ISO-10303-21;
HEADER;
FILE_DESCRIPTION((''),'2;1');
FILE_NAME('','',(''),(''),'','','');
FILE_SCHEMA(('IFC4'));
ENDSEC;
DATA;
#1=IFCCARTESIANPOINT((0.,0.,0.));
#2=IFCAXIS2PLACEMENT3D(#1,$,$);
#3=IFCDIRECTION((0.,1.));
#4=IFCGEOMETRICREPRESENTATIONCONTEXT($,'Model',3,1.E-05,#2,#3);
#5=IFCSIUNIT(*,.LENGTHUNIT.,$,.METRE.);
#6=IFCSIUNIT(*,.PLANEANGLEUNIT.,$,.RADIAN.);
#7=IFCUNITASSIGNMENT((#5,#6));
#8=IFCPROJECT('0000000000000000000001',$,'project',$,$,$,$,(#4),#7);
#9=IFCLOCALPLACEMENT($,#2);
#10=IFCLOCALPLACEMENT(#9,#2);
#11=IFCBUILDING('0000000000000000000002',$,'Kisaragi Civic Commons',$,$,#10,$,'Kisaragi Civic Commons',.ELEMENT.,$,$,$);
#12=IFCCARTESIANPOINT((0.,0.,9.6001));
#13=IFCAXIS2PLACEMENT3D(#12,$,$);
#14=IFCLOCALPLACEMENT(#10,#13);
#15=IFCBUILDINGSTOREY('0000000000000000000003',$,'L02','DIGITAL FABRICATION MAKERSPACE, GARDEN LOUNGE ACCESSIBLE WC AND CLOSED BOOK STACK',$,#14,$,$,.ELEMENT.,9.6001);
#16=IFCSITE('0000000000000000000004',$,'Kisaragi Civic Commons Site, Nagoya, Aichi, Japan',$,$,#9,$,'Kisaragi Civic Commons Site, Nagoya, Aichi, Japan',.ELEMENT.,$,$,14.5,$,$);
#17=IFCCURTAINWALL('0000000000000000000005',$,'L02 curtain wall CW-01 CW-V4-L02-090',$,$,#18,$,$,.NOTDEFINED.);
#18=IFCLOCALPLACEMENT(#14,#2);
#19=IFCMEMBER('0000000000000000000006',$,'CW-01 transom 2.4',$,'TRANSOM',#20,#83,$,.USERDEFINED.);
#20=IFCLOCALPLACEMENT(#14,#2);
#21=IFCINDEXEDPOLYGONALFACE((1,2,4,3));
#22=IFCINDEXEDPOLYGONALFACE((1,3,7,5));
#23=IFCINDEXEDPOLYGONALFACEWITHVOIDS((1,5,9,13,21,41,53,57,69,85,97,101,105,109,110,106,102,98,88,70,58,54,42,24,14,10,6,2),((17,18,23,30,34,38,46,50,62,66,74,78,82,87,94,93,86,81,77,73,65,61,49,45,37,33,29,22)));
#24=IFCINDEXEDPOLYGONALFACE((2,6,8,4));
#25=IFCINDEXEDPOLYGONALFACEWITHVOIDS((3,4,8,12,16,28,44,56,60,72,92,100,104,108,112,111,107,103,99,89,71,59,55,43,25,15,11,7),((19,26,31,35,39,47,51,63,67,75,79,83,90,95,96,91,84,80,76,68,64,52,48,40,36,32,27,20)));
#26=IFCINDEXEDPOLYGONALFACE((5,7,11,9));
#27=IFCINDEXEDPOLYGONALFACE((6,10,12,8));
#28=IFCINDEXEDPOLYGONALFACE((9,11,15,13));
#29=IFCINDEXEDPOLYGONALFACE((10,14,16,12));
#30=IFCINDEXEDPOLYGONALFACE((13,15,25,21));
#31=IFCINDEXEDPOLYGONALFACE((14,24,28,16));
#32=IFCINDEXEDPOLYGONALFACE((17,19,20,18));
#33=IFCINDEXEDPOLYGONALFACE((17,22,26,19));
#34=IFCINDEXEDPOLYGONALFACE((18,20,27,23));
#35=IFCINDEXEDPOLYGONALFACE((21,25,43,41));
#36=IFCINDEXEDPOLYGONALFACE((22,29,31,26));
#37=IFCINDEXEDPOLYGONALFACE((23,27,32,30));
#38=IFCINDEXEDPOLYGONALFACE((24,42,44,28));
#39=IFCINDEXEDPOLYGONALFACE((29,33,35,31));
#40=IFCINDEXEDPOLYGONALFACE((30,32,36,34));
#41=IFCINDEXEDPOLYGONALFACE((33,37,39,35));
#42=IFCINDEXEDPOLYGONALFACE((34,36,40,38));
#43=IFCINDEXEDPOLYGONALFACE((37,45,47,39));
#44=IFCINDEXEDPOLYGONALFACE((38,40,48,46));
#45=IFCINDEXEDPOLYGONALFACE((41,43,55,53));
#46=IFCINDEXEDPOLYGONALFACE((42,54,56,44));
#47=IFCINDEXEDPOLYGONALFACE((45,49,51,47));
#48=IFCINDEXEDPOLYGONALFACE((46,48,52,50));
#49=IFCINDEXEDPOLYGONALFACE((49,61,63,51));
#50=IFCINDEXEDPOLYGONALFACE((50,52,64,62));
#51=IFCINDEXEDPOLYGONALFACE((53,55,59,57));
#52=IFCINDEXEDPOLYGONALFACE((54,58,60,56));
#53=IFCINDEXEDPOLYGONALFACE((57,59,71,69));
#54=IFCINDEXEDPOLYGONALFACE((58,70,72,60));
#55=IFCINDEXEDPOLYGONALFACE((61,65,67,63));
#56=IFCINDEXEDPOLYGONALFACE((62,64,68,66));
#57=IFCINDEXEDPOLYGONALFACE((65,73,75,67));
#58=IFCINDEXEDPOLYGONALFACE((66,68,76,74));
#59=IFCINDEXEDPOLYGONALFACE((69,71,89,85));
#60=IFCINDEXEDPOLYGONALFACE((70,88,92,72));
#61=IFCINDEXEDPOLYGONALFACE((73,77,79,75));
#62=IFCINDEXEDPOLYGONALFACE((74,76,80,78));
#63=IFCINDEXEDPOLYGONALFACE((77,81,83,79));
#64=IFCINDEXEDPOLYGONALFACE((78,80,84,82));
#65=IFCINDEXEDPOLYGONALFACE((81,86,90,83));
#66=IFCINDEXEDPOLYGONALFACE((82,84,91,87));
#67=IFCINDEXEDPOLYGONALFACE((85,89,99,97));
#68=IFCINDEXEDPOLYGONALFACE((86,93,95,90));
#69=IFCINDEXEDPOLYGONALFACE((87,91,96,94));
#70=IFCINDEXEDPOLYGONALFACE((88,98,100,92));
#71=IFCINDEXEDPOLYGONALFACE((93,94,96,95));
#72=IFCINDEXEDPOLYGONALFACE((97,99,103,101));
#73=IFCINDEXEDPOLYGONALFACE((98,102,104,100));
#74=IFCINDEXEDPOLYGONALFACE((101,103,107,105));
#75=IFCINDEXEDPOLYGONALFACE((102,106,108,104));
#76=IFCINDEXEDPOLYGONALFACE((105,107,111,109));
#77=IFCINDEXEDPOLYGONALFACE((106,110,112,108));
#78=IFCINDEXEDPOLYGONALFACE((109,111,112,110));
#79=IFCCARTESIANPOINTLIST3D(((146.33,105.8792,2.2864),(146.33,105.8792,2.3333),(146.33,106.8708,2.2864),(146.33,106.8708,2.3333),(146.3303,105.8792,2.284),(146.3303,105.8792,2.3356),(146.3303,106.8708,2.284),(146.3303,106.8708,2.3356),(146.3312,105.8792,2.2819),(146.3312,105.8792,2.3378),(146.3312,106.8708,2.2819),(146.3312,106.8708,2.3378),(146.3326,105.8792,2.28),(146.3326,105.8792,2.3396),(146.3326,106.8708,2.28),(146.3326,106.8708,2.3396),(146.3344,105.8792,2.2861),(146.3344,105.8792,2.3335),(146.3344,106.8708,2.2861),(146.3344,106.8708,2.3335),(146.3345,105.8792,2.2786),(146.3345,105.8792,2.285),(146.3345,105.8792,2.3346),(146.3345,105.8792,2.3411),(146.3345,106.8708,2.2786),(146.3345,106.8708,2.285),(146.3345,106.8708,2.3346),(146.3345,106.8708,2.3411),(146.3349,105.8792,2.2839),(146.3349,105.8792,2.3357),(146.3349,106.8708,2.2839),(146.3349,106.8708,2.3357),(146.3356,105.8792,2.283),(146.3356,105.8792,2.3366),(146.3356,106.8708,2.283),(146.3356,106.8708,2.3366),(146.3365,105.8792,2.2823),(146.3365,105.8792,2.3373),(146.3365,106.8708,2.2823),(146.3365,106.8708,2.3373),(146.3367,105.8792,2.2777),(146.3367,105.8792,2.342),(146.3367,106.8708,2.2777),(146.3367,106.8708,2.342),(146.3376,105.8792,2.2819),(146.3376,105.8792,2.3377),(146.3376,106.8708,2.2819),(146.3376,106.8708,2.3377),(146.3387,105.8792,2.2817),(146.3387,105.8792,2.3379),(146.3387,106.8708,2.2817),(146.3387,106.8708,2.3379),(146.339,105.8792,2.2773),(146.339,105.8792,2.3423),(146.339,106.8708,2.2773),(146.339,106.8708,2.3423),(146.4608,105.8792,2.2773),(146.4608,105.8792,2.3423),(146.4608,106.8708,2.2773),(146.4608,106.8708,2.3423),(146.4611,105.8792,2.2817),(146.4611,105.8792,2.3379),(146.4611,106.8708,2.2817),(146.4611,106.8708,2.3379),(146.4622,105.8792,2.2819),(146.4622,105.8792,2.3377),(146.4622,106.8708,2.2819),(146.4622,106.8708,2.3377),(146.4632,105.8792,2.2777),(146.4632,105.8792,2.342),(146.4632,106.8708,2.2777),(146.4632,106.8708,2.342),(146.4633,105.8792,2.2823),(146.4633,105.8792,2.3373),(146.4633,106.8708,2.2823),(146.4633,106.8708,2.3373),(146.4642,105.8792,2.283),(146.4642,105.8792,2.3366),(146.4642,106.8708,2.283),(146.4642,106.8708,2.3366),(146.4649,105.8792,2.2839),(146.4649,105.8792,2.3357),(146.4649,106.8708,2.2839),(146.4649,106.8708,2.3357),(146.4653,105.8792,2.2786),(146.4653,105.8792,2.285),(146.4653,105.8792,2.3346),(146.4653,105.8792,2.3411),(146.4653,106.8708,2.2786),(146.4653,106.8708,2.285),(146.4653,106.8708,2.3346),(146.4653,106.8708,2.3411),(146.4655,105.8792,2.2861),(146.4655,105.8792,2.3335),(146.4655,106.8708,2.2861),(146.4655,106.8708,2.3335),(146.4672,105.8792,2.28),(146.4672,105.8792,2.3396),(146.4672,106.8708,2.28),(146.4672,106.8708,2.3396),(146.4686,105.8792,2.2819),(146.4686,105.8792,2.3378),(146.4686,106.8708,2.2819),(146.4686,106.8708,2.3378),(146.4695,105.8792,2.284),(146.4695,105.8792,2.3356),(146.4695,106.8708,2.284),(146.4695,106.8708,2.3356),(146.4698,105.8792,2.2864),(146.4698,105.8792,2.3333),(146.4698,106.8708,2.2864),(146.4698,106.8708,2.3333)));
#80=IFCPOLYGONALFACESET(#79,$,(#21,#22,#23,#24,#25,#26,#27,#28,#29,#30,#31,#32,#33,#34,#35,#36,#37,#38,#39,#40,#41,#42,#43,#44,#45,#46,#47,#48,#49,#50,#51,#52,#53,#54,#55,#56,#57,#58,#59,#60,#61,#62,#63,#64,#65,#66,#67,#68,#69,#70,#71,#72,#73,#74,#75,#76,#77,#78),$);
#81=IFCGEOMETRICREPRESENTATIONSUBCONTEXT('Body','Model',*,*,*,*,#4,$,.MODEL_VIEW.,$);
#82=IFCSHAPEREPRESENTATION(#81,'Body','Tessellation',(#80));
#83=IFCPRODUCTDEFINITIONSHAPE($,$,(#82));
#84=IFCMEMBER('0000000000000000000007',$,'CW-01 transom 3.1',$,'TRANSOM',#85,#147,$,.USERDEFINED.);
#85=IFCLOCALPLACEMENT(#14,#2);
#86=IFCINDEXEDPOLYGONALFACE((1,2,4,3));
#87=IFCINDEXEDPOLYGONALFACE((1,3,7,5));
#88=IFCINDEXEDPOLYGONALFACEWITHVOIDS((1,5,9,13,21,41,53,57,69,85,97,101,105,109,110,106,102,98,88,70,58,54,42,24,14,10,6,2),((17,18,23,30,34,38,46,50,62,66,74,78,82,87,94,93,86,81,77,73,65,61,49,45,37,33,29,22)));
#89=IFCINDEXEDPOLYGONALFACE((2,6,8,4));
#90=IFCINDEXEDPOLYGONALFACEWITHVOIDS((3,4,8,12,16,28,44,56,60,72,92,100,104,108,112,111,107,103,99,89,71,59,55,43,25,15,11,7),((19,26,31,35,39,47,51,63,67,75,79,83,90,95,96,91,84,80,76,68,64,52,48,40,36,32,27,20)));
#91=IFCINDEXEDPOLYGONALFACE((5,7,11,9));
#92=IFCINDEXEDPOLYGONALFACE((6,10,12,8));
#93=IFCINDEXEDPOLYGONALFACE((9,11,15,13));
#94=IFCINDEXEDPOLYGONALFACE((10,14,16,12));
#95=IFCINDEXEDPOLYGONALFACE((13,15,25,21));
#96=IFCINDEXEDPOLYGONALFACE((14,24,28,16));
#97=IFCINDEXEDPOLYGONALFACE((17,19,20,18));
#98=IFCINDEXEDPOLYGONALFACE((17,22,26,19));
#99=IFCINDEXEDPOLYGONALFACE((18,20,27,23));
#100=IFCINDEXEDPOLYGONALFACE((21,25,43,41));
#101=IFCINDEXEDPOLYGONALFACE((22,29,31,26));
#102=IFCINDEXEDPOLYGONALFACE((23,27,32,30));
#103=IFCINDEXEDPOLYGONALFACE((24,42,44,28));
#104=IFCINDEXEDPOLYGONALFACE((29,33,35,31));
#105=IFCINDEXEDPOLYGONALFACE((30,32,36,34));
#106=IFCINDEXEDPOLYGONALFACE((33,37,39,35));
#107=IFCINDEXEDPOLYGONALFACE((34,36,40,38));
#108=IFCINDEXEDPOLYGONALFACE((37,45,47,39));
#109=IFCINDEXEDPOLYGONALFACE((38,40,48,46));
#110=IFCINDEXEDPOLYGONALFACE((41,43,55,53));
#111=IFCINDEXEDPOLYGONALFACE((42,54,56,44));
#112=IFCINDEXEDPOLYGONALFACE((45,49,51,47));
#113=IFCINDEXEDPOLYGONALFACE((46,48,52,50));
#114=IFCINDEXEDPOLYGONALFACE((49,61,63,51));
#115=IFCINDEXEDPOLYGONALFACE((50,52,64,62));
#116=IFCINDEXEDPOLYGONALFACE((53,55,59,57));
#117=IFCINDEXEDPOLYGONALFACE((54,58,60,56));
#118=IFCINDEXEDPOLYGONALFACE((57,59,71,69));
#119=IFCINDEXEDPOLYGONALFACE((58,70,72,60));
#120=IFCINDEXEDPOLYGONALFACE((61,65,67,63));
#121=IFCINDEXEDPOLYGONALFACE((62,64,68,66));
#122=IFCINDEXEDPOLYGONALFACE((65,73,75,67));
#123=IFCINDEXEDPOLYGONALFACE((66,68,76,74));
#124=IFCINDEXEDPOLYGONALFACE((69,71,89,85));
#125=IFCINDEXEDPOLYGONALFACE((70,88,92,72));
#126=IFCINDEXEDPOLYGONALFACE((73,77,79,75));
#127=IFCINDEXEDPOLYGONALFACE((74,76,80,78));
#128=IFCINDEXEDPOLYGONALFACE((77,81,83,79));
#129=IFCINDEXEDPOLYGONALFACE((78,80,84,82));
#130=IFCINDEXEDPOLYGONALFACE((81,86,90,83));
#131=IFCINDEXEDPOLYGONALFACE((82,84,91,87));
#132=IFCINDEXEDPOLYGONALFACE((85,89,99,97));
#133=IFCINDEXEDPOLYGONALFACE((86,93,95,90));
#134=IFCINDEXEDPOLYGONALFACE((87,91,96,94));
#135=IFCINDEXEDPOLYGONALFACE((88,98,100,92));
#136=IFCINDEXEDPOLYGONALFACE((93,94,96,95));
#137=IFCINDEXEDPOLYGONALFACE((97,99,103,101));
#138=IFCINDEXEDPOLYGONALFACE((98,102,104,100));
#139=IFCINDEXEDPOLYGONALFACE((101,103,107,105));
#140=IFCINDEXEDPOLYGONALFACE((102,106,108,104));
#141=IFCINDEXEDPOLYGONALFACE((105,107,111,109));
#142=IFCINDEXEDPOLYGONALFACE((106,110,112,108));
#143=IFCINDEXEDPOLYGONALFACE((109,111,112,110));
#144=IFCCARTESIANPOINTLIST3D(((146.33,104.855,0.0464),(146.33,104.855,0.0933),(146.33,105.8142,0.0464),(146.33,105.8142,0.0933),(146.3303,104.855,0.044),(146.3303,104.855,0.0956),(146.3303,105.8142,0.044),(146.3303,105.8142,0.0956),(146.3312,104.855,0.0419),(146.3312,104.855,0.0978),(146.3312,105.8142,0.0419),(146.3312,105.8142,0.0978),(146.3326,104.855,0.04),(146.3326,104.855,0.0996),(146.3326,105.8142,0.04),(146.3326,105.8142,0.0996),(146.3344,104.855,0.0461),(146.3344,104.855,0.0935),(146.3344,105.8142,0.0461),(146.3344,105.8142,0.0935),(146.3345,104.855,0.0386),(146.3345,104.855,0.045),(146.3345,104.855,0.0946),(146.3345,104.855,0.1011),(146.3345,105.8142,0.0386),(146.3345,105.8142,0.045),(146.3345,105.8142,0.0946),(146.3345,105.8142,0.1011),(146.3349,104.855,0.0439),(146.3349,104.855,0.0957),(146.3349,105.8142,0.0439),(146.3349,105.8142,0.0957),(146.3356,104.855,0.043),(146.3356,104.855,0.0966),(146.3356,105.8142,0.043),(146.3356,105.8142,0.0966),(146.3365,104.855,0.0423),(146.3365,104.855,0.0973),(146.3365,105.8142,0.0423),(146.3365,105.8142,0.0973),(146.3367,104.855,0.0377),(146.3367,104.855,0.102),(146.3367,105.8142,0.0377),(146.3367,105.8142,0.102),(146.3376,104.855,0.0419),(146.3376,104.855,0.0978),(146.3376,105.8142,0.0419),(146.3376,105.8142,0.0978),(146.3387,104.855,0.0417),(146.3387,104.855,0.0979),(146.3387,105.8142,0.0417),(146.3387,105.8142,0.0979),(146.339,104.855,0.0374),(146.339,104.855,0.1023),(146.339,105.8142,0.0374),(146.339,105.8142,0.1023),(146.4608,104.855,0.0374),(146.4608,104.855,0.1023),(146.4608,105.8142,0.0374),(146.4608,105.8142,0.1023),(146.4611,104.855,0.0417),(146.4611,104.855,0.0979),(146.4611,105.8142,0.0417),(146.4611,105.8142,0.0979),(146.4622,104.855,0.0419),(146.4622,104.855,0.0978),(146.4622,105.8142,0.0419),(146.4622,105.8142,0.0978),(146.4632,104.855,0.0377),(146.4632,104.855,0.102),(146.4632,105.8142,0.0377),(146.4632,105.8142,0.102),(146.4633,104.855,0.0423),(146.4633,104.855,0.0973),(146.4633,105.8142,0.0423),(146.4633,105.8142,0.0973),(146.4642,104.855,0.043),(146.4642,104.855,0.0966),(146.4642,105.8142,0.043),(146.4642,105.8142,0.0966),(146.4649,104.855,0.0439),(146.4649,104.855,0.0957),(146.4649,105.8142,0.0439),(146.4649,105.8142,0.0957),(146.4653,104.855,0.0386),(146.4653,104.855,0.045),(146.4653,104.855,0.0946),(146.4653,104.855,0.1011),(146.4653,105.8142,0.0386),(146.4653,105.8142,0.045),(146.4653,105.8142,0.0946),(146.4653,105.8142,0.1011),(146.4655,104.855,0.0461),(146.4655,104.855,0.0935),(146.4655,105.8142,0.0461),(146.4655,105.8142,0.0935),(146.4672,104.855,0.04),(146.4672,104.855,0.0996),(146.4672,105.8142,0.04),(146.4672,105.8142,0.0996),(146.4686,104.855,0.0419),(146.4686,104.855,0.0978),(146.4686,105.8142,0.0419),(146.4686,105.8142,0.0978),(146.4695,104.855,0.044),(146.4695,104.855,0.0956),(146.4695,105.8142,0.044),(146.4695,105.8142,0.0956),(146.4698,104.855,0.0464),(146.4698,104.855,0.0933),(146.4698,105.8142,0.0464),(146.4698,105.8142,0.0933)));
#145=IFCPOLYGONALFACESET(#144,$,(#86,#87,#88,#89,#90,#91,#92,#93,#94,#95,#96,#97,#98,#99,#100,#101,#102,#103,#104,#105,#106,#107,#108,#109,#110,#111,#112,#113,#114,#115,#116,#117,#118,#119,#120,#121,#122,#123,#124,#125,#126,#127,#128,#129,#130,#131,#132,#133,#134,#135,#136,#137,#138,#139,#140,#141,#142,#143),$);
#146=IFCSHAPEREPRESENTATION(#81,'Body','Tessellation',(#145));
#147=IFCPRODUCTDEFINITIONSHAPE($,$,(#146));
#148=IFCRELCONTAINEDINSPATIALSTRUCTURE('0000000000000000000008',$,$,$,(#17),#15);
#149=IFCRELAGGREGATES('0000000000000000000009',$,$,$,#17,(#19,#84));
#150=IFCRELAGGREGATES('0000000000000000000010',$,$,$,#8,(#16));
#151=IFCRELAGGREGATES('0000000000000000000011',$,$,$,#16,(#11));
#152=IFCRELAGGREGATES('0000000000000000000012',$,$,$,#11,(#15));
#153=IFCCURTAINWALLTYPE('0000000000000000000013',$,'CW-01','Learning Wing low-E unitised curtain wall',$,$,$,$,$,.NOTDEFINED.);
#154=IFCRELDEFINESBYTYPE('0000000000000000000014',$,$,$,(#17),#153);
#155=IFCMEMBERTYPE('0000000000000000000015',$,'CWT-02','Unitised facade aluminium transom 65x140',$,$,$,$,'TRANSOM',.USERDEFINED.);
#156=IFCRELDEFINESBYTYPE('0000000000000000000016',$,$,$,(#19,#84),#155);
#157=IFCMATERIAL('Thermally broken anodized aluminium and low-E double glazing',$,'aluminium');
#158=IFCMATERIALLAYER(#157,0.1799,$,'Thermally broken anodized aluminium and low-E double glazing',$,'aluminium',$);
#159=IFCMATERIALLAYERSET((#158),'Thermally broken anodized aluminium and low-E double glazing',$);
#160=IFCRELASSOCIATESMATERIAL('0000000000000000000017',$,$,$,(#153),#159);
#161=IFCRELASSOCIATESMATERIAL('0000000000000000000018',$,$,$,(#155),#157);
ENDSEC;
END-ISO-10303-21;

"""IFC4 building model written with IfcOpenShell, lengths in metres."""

from ifc_helpers import new_model, si_unit, direction, frame, origin, origin_2d, place, context, subcontext, project, spatial, hollow_rectangle, extrude, material, layer, layer_set, material_profile, profile_set, type_object, element, aggregate, save


model = new_model("IFC4")

# Units and contexts
model_context = context("Model", 3, precision=1e-05, world=origin(), true_north=direction((0.0, 1.0)))
body_context = subcontext(model_context, "Body", "Model", "MODEL_VIEW")
ifc_project = project(units=[si_unit("LENGTHUNIT", "METRE"), si_unit("PLANEANGLEUNIT", "RADIAN")], contexts=[model_context])

# Site, building, storey
site_placement = place(None, origin())
site = spatial("IfcSite", under=ifc_project, at=site_placement, Name="Kisaragi Civic Commons Site, Nagoya, Aichi, Japan", LongName="Kisaragi Civic Commons Site, Nagoya, Aichi, Japan", CompositionType="ELEMENT", RefElevation=14.5)
building_placement = place(site_placement, origin())
building = spatial("IfcBuilding", under=site, at=building_placement, Name="Kisaragi Civic Commons", LongName="Kisaragi Civic Commons", CompositionType="ELEMENT")
storey_placement = place(building_placement, frame((0.0, 0.0, 9.6001)))
storey = spatial("IfcBuildingStorey", under=building, at=storey_placement, Name="L02", Description="DIGITAL FABRICATION MAKERSPACE, GARDEN LOUNGE ACCESSIBLE WC AND CLOSED BOOK STACK", CompositionType="ELEMENT", Elevation=9.6001)

# Shared definitions
ifc_material_1 = material(Name="Thermally broken anodized aluminium and low-E double glazing", Category="aluminium")
ifc_layer_1 = layer(ifc_material_1, 0.1799, Name="Thermally broken anodized aluminium and low-E double glazing", Category="aluminium")
ifc_layer_set_1 = layer_set([ifc_layer_1], Name="Thermally broken anodized aluminium and low-E double glazing")
curtain_wall_type = type_object("IfcCurtainWallType", Name="CW-01", Description="Learning Wing low-E unitised curtain wall", PredefinedType="NOTDEFINED", material=ifc_layer_set_1)

# Curtain wall, members
curtain_wall_1_placement = place(storey_placement, origin())
curtain_wall_1 = element("IfcCurtainWall", 1, at=curtain_wall_1_placement, inside=storey, type_object=curtain_wall_type, Name="L02 curtain wall CW-01 CW-V4-L02-090", PredefinedType="NOTDEFINED")
ifc_material_profile_1 = material_profile(ifc_material_1, hollow_rectangle(XDim=0.1399, YDim=0.0649, WallThickness=0.0044, InnerFilletRadius=0.0044, OuterFilletRadius=0.009, at=origin_2d()), Name="CWT-65x140x4.5", Category="aluminium")
ifc_profile_set_1 = profile_set([ifc_material_profile_1], Name="Thermally broken anodized aluminium and low-E double glazing")
member_type_1 = type_object("IfcMemberType", Name="CWT-02", Description="Unitised facade aluminium transom 65x140", ElementType="TRANSOM", PredefinedType="USERDEFINED", material=ifc_profile_set_1)
member_1_placement = place(storey_placement, frame((146.3999, 106.8708, 2.3098), z_axis=(0.0, -1.0, 0.0), x_axis=(1.0, 0.0, 0.0)))
member_1 = element("IfcMember", 2, at=member_1_placement, type_object=member_type_1, Name="CW-01 transom 2.4", ObjectType="TRANSOM", PredefinedType="USERDEFINED", context=body_context, shape_type="SweptSolid", body=[
    extrude(hollow_rectangle(XDim=0.1399, YDim=0.0649, WallThickness=0.0044, InnerFilletRadius=0.0044, OuterFilletRadius=0.009, at=origin_2d()), origin(), (0.0, 0.0, 1.0), 0.9917),
])
member_2_placement = place(storey_placement, frame((146.3999, 105.8142, 0.0698), z_axis=(0.0, -1.0, 0.0), x_axis=(1.0, 0.0, 0.0)))
member_2 = element("IfcMember", 3, at=member_2_placement, type_object=member_type_1, Name="CW-01 transom 3.1", ObjectType="TRANSOM", PredefinedType="USERDEFINED", context=body_context, shape_type="SweptSolid", body=[
    extrude(hollow_rectangle(XDim=0.1399, YDim=0.0649, WallThickness=0.0044, InnerFilletRadius=0.0044, OuterFilletRadius=0.009, at=origin_2d()), origin(), (0.0, 0.0, 1.0), 0.9592),
])

aggregate(curtain_wall_1, [member_1, member_2])

save(model, "model.ifc")
